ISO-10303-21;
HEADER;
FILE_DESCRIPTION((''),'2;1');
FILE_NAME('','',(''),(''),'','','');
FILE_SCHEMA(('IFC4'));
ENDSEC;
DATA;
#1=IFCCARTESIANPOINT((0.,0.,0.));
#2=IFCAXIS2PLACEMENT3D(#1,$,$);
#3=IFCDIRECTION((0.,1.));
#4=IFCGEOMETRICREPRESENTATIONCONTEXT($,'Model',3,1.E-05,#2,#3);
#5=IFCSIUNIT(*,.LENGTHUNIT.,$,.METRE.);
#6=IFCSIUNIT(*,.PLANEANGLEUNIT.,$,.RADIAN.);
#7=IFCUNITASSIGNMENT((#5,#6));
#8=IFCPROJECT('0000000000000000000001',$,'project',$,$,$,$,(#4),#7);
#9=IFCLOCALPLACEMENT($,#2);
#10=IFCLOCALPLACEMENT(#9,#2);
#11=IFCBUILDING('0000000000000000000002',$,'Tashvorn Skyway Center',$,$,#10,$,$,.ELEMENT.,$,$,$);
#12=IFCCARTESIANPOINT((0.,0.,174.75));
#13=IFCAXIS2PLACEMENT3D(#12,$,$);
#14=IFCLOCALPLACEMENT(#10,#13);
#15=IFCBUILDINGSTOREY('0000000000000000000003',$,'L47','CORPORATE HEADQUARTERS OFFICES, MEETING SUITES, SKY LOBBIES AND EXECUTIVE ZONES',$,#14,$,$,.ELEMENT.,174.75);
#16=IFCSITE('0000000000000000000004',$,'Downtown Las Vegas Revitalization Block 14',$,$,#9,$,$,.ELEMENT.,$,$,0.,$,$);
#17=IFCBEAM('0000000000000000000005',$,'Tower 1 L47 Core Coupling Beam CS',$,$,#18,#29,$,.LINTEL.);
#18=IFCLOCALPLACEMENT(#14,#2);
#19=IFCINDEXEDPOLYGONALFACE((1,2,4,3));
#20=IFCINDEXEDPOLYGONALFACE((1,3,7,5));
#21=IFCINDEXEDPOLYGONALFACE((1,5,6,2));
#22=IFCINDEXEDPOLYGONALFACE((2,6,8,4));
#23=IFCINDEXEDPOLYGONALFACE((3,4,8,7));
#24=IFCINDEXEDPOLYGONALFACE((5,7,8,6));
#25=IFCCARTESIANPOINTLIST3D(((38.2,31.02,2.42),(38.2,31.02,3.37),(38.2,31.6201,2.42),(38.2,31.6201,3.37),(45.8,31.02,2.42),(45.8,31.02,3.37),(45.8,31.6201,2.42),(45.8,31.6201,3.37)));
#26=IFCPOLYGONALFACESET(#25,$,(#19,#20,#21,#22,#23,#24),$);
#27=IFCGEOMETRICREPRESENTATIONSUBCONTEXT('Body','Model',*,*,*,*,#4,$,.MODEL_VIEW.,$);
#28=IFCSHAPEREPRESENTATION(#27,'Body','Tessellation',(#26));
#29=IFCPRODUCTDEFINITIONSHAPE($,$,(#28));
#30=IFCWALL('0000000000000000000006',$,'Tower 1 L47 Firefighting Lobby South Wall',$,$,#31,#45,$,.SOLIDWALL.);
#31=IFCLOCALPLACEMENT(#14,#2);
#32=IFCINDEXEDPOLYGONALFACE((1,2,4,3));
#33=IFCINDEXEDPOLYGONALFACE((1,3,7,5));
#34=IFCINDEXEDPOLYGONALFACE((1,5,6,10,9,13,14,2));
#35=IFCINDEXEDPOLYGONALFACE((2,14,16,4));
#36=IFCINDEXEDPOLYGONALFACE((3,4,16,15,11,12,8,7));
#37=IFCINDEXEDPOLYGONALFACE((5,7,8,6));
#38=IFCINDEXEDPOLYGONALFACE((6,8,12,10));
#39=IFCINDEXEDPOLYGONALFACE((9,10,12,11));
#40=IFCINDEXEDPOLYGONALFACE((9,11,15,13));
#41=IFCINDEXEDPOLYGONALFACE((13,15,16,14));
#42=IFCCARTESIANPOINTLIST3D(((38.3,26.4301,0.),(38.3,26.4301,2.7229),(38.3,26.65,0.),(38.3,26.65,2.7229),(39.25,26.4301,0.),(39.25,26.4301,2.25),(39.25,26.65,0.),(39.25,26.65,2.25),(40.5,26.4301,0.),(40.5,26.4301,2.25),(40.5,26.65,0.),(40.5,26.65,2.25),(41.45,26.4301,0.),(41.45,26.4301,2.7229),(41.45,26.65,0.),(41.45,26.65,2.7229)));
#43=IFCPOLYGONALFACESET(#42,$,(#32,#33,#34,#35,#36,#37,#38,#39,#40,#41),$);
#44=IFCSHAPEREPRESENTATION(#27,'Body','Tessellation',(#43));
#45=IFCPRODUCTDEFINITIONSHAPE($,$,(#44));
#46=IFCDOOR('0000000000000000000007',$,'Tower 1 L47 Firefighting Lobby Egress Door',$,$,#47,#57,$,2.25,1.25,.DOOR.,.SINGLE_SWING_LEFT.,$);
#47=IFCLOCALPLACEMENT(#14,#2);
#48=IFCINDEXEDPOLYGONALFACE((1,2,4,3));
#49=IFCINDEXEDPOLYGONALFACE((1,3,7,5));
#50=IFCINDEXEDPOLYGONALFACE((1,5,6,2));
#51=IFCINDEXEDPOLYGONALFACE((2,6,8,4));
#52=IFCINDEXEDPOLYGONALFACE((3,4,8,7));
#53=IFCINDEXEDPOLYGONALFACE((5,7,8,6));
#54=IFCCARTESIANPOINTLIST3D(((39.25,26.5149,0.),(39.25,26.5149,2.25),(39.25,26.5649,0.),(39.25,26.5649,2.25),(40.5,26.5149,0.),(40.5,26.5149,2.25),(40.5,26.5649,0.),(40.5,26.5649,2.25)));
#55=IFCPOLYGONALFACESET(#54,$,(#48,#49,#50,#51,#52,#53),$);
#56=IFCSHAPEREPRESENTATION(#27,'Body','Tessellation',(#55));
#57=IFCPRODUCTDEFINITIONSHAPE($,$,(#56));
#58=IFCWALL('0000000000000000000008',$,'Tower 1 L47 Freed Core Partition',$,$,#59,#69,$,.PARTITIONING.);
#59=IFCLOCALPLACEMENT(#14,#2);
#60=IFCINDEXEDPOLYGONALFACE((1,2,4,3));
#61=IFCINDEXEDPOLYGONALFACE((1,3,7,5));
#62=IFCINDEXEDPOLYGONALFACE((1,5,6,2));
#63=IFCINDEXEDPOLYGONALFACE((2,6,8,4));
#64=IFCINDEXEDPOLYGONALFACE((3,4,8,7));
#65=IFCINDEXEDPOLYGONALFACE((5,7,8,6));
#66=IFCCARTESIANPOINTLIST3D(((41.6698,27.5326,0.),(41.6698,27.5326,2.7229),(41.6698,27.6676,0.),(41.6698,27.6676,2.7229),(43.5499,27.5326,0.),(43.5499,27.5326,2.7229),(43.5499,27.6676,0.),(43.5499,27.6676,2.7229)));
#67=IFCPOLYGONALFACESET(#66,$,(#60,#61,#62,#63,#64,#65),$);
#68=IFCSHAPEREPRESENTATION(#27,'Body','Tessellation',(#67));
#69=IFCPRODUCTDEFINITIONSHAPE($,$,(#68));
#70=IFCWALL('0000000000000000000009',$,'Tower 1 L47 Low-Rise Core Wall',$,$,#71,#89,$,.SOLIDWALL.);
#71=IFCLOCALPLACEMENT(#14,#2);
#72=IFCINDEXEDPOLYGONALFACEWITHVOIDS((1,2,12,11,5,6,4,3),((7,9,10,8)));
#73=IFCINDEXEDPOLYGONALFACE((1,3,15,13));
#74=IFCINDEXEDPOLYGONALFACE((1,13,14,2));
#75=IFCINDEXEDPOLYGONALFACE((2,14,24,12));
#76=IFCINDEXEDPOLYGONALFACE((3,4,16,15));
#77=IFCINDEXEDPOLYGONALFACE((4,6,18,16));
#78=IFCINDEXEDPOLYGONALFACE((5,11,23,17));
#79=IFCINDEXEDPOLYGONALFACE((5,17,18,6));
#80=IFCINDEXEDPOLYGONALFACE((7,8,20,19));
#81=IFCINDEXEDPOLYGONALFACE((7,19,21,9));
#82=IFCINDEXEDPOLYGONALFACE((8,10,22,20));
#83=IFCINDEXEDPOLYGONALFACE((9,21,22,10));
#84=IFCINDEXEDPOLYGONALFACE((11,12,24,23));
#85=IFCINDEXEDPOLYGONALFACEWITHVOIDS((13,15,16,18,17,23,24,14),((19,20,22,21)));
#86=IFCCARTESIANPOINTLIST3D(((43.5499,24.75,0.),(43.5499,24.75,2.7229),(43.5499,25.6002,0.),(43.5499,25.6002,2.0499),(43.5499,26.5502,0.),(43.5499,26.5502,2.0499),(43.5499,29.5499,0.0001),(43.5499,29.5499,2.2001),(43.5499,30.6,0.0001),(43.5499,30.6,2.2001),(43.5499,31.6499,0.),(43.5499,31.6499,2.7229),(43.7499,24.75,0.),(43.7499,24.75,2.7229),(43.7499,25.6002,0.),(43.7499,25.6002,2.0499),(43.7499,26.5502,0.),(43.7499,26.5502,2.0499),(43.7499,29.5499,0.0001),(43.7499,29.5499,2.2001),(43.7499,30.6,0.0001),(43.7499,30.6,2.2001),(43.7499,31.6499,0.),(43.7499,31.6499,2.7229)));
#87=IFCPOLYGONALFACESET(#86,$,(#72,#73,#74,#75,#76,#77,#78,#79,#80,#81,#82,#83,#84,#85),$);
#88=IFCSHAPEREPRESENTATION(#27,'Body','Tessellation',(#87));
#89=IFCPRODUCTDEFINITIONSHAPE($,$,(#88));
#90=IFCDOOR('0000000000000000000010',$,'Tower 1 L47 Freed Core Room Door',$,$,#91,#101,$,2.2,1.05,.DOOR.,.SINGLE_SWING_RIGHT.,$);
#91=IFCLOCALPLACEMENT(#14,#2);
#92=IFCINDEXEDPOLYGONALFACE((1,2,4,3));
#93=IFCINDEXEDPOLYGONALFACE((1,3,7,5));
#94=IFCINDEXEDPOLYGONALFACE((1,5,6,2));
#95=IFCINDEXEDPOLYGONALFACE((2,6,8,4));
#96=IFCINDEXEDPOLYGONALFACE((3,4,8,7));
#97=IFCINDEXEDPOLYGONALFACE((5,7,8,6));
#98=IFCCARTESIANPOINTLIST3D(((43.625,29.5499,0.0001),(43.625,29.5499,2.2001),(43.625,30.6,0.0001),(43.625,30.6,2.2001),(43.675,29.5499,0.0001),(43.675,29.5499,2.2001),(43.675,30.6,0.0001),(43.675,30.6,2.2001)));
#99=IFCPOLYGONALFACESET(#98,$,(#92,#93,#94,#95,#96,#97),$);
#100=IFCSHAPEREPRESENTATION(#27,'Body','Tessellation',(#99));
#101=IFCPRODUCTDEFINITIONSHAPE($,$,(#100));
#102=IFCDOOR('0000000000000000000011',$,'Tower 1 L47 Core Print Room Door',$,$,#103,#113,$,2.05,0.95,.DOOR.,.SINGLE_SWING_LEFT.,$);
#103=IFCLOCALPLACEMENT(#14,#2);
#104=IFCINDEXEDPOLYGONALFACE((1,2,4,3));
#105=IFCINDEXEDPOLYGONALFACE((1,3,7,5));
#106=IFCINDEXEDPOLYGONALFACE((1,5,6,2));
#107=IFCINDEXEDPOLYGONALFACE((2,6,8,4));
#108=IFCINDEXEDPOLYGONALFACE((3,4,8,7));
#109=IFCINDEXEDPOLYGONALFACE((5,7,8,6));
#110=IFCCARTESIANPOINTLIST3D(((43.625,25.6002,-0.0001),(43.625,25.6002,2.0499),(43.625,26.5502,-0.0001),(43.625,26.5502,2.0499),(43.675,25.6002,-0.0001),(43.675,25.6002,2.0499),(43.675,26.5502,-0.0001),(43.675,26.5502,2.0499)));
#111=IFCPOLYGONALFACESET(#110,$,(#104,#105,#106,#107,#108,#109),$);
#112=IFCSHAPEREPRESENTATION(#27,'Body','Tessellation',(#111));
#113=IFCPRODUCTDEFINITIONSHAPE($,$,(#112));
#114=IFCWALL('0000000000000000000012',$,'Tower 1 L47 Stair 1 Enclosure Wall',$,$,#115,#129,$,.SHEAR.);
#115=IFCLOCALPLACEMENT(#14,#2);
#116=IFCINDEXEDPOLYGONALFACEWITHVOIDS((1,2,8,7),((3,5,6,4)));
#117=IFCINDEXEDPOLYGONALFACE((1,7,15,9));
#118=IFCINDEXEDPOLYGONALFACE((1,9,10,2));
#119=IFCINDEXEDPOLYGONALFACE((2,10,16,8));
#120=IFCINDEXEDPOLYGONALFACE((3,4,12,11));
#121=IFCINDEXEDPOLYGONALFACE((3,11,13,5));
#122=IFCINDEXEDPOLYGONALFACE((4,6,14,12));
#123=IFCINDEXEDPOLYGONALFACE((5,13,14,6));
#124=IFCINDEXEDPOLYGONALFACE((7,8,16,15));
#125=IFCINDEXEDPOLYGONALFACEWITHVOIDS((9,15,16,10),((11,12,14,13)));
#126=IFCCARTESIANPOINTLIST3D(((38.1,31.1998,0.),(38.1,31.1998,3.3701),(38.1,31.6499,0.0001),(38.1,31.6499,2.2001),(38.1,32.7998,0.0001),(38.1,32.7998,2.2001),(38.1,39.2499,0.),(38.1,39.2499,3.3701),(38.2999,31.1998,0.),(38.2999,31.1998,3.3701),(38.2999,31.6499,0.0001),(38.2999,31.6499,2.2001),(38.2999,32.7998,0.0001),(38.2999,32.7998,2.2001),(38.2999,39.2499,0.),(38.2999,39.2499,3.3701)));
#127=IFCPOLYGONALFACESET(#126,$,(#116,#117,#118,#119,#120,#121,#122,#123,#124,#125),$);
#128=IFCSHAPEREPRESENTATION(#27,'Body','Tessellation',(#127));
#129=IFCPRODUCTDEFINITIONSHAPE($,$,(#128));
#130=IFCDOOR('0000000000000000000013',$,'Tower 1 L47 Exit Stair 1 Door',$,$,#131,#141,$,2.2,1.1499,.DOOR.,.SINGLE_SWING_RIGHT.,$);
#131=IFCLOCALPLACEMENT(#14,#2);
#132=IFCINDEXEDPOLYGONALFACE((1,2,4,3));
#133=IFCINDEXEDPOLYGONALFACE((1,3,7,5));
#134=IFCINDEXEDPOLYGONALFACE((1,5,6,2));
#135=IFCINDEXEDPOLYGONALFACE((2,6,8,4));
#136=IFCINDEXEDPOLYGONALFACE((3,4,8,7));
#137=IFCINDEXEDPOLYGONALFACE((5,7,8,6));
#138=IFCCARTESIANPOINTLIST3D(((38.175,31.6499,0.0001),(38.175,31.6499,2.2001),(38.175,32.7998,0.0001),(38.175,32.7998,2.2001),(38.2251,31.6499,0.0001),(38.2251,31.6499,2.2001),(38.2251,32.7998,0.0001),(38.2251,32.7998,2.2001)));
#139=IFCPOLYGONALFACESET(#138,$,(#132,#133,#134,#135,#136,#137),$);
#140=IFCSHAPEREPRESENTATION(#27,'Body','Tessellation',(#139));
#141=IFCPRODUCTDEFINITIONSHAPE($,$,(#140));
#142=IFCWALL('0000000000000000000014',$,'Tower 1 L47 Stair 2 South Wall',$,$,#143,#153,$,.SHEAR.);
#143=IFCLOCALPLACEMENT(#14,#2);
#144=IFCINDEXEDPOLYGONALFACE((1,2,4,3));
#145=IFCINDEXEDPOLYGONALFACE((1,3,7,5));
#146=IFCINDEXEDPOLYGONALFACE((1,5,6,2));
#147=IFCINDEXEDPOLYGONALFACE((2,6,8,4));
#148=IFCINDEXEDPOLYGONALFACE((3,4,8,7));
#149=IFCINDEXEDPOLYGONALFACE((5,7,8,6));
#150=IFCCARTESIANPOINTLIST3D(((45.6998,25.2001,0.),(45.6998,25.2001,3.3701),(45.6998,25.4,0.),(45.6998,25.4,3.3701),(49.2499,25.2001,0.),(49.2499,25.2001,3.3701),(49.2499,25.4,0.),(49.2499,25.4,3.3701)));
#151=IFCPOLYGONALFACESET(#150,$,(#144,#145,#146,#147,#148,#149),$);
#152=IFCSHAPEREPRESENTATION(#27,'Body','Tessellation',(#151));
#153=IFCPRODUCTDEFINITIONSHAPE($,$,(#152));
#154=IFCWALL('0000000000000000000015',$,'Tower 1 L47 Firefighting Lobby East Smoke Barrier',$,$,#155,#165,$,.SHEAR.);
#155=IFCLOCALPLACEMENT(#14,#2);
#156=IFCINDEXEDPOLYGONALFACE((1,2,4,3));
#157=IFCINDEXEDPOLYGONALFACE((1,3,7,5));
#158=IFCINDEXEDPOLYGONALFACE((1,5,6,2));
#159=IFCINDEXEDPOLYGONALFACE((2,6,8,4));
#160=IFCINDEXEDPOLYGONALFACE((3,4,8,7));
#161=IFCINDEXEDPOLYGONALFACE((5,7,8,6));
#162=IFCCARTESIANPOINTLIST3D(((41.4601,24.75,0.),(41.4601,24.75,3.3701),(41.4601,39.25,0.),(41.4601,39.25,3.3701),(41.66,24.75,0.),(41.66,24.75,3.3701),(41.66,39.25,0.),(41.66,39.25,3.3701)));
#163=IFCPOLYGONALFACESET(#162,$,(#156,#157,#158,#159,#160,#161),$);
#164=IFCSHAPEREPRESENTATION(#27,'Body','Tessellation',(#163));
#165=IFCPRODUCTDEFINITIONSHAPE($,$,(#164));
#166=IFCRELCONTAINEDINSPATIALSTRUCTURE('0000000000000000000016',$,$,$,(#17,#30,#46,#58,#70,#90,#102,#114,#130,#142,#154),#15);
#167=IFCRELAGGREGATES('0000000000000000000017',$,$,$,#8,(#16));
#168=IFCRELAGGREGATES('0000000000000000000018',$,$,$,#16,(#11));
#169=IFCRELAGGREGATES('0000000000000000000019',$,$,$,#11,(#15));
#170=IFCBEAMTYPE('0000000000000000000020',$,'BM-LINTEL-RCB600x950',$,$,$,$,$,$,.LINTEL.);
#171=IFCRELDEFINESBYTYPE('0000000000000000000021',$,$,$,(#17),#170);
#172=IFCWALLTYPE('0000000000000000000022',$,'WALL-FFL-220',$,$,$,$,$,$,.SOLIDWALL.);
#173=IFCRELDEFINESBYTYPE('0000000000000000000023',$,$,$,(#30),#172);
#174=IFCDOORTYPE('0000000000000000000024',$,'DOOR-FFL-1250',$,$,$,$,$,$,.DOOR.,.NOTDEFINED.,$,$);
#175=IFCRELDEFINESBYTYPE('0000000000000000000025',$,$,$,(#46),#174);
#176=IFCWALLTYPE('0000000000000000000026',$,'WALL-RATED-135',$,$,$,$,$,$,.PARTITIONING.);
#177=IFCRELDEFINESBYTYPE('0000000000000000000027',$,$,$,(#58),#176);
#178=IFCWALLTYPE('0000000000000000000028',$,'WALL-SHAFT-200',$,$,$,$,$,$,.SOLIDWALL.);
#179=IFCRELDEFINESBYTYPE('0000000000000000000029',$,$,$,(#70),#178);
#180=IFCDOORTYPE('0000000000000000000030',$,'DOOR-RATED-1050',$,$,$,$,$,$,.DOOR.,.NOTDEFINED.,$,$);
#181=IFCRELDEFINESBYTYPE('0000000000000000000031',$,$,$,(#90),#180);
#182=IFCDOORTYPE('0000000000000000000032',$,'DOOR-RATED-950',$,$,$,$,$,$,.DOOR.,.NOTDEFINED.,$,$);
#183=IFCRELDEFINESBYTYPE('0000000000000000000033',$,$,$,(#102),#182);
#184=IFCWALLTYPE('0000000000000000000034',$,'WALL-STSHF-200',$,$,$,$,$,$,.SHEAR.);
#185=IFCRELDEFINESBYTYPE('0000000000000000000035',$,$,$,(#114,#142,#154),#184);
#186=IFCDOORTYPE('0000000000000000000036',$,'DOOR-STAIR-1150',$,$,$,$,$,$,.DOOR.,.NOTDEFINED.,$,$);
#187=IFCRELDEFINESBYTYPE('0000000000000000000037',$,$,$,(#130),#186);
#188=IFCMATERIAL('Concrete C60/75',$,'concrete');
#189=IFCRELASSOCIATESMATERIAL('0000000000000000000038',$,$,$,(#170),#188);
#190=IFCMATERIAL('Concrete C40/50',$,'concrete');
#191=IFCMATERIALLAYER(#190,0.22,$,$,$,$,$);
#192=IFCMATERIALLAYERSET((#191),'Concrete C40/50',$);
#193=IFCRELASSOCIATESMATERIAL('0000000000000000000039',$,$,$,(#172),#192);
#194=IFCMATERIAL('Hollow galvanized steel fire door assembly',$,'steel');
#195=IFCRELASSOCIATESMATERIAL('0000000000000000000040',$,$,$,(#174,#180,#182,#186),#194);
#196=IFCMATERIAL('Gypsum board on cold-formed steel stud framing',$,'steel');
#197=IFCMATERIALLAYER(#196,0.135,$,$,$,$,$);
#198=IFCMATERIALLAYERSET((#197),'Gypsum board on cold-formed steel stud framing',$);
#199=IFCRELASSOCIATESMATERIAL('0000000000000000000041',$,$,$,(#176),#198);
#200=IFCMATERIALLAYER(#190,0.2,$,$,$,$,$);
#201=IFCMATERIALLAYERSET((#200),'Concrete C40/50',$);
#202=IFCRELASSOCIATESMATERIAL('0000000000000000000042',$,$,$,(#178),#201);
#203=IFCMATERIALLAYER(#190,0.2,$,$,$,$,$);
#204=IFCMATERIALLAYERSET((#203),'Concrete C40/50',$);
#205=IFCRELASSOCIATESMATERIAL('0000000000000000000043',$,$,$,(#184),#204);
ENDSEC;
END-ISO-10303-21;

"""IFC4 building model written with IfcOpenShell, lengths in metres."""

from ifc_helpers import new_model, si_unit, direction, frame, frame_2d, origin, origin_2d, place, context, subcontext, project, spatial, rectangle, extrude, material, layer, layer_set, material_profile, profile_set, type_object, element, fill, save


model = new_model("IFC4")

# Units and contexts
model_context = context("Model", 3, precision=1e-05, world=origin(), true_north=direction((0.0, 1.0)))
body_context = subcontext(model_context, "Body", "Model", "MODEL_VIEW")
ifc_project = project(units=[si_unit("LENGTHUNIT", "METRE"), si_unit("PLANEANGLEUNIT", "RADIAN")], contexts=[model_context])

# Site, building, storey
site_placement = place(None, origin())
site = spatial("IfcSite", under=ifc_project, at=site_placement, Name="Downtown Las Vegas Revitalization Block 14", CompositionType="ELEMENT", RefElevation=0.0)
building_placement = place(site_placement, origin())
building = spatial("IfcBuilding", under=site, at=building_placement, Name="Tashvorn Skyway Center", CompositionType="ELEMENT")
storey_placement = place(building_placement, frame((0.0, 0.0, 174.75)))
storey = spatial("IfcBuildingStorey", under=building, at=storey_placement, Name="L47", Description="CORPORATE HEADQUARTERS OFFICES, MEETING SUITES, SKY LOBBIES AND EXECUTIVE ZONES", CompositionType="ELEMENT", Elevation=174.75)

# Beam
ifc_material_1 = material(Name="Concrete C60/75", Category="concrete")
ifc_material_profile = material_profile(ifc_material_1, rectangle(XDim=0.6001, YDim=0.95, at=origin_2d()), Name="RCB600x950")
ifc_profile_set = profile_set([ifc_material_profile], Name="Concrete C60/75")
beam_type = type_object("IfcBeamType", Name="BM-LINTEL-RCB600x950", PredefinedType="LINTEL", material=ifc_profile_set)
beam_placement = place(storey_placement, frame((38.2, 31.3201, 2.895), z_axis=(1.0, 0.0, 0.0), x_axis=(0.0, 1.0, 0.0)))
element("IfcBeam", 1, at=beam_placement, inside=storey, type_object=beam_type, Name="Tower 1 L47 Core Coupling Beam CS", PredefinedType="LINTEL", context=body_context, shape_type="SweptSolid", body=[
    extrude(rectangle(XDim=0.6001, YDim=0.95, at=origin_2d()), origin(), (0.0, 0.0, 1.0), 7.6001),
])

# Wall, opening, door
ifc_material_2 = material(Name="Concrete C40/50", Category="concrete")
ifc_layer_1 = layer(ifc_material_2, 0.22)
ifc_layer_set_1 = layer_set([ifc_layer_1], Name="Concrete C40/50")
wall_type_1 = type_object("IfcWallType", Name="WALL-FFL-220", PredefinedType="SOLIDWALL", material=ifc_layer_set_1)
wall_1_placement = place(storey_placement, frame((38.3, 26.54, 0.0), z_axis=(0.0, 0.0, 1.0), x_axis=(1.0, 0.0, 0.0)))
wall_1 = element("IfcWall", 2, at=wall_1_placement, inside=storey, type_object=wall_type_1, Name="Tower 1 L47 Firefighting Lobby South Wall", PredefinedType="SOLIDWALL", context=body_context, shape_type="SweptSolid", body=[
    extrude(rectangle(XDim=3.1499, YDim=0.22, at=frame_2d((1.575, 0.0))), origin(), (0.0, 0.0, 1.0), 2.7229),
])
opening_1_placement = place(wall_1_placement, frame((0.95, 0.0, 0.0)))
opening_1 = element("IfcOpeningElement", 3, at=opening_1_placement, cuts=wall_1, PredefinedType="OPENING", context=body_context, shape_type="SweptSolid", body=[
    extrude(rectangle(XDim=1.25, YDim=2.25, at=frame_2d((0.625, 1.125))), frame((0.0, 0.1199, 0.0), z_axis=(0.0, -1.0, 0.0), x_axis=(1.0, 0.0, 0.0)), (0.0, 0.0, 1.0), 0.24),
])
ifc_material_3 = material(Name="Hollow galvanized steel fire door assembly", Category="steel")
door_type_1 = type_object("IfcDoorType", Name="DOOR-FFL-1250", OperationType="NOTDEFINED", PredefinedType="DOOR", material=ifc_material_3)
door_1_placement = place(opening_1_placement, origin())
door_1 = element("IfcDoor", 4, at=door_1_placement, inside=storey, type_object=door_type_1, Name="Tower 1 L47 Firefighting Lobby Egress Door", OperationType="SINGLE_SWING_LEFT", OverallHeight=2.25, OverallWidth=1.25, PredefinedType="DOOR", context=body_context, shape_type="SweptSolid", body=[
    extrude(rectangle(XDim=1.25, YDim=2.25, at=frame_2d((0.625, 1.125))), frame((0.0, 0.0249, 0.0), z_axis=(0.0, -1.0, 0.0), x_axis=(1.0, 0.0, 0.0)), (0.0, 0.0, 1.0), 0.05),
])
fill(opening_1, door_1)

# Wall
ifc_material_4 = material(Name="Gypsum board on cold-formed steel stud framing", Category="steel")
ifc_layer_2 = layer(ifc_material_4, 0.135)
ifc_layer_set_2 = layer_set([ifc_layer_2], Name="Gypsum board on cold-formed steel stud framing")
wall_type_2 = type_object("IfcWallType", Name="WALL-RATED-135", PredefinedType="PARTITIONING", material=ifc_layer_set_2)
wall_2_placement = place(storey_placement, frame((41.6699, 27.6001, 0.0), z_axis=(0.0, 0.0, 1.0), x_axis=(1.0, 0.0, 0.0)))
element("IfcWall", 5, at=wall_2_placement, inside=storey, type_object=wall_type_2, Name="Tower 1 L47 Freed Core Partition", PredefinedType="PARTITIONING", context=body_context, shape_type="SweptSolid", body=[
    extrude(rectangle(XDim=1.8801, YDim=0.135, at=frame_2d((0.9399, 0.0))), origin(), (0.0, 0.0, 1.0), 2.7229),
])

# Wall, openings, doors
ifc_layer_3 = layer(ifc_material_2, 0.2)
ifc_layer_set_3 = layer_set([ifc_layer_3], Name="Concrete C40/50")
wall_type_3 = type_object("IfcWallType", Name="WALL-SHAFT-200", PredefinedType="SOLIDWALL", material=ifc_layer_set_3)
wall_3_placement = place(storey_placement, frame((43.6499, 24.75, 0.0), z_axis=(0.0, 0.0, 1.0), x_axis=(0.0, 1.0, 0.0)))
wall_3 = element("IfcWall", 6, at=wall_3_placement, inside=storey, type_object=wall_type_3, Name="Tower 1 L47 Low-Rise Core Wall", PredefinedType="SOLIDWALL", context=body_context, shape_type="SweptSolid", body=[
    extrude(rectangle(XDim=6.8999, YDim=0.2, at=frame_2d((3.45, 0.0))), origin(), (0.0, 0.0, 1.0), 2.7229),
])
opening_2_placement = place(wall_3_placement, frame((0.8501, 0.0, 0.0)))
opening_2 = element("IfcOpeningElement", 7, at=opening_2_placement, cuts=wall_3, PredefinedType="OPENING", context=body_context, shape_type="SweptSolid", body=[
    extrude(rectangle(XDim=0.95, YDim=2.05, at=frame_2d((0.4751, 1.0249))), frame((0.0, 0.1099, 0.0), z_axis=(0.0, -1.0, 0.0), x_axis=(1.0, 0.0, 0.0)), (0.0, 0.0, 1.0), 0.22),
])
opening_3_placement = place(wall_3_placement, frame((4.8, 0.0, 0.0)))
opening_3 = element("IfcOpeningElement", 8, at=opening_3_placement, cuts=wall_3, PredefinedType="OPENING", context=body_context, shape_type="SweptSolid", body=[
    extrude(rectangle(XDim=1.05, YDim=2.2, at=frame_2d((0.5249, 1.1001))), frame((0.0, 0.1099, 0.0), z_axis=(0.0, -1.0, 0.0), x_axis=(1.0, 0.0, 0.0)), (0.0, 0.0, 1.0), 0.22),
])
door_type_2 = type_object("IfcDoorType", Name="DOOR-RATED-1050", OperationType="NOTDEFINED", PredefinedType="DOOR", material=ifc_material_3)
door_2_placement = place(opening_3_placement, origin())
door_2 = element("IfcDoor", 9, at=door_2_placement, inside=storey, type_object=door_type_2, Name="Tower 1 L47 Freed Core Room Door", OperationType="SINGLE_SWING_RIGHT", OverallHeight=2.2, OverallWidth=1.05, PredefinedType="DOOR", context=body_context, shape_type="SweptSolid", body=[
    extrude(rectangle(XDim=1.05, YDim=2.2, at=frame_2d((0.5249, 1.1001))), frame((0.0, 0.0249, 0.0), z_axis=(0.0, -1.0, 0.0), x_axis=(1.0, 0.0, 0.0)), (0.0, 0.0, 1.0), 0.05),
])
fill(opening_3, door_2)
door_type_3 = type_object("IfcDoorType", Name="DOOR-RATED-950", OperationType="NOTDEFINED", PredefinedType="DOOR", material=ifc_material_3)
door_3_placement = place(opening_2_placement, origin())
door_3 = element("IfcDoor", 10, at=door_3_placement, inside=storey, type_object=door_type_3, Name="Tower 1 L47 Core Print Room Door", OperationType="SINGLE_SWING_LEFT", OverallHeight=2.05, OverallWidth=0.95, PredefinedType="DOOR", context=body_context, shape_type="SweptSolid", body=[
    extrude(rectangle(XDim=0.95, YDim=2.05, at=frame_2d((0.4751, 1.0249))), frame((0.0, 0.0249, 0.0), z_axis=(0.0, -1.0, 0.0), x_axis=(1.0, 0.0, 0.0)), (0.0, 0.0, 1.0), 0.05),
])
fill(opening_2, door_3)

# Wall, opening, door
ifc_layer_4 = layer(ifc_material_2, 0.2)
ifc_layer_set_4 = layer_set([ifc_layer_4], Name="Concrete C40/50")
wall_type_4 = type_object("IfcWallType", Name="WALL-STSHF-200", PredefinedType="SHEAR", material=ifc_layer_set_4)
wall_4_placement = place(storey_placement, frame((38.2, 31.2, 0.0), z_axis=(0.0, 0.0, 1.0), x_axis=(0.0, 1.0, 0.0)))
wall_4 = element("IfcWall", 11, at=wall_4_placement, inside=storey, type_object=wall_type_4, Name="Tower 1 L47 Stair 1 Enclosure Wall", PredefinedType="SHEAR", context=body_context, shape_type="SweptSolid", body=[
    extrude(rectangle(XDim=8.05, YDim=0.2, at=frame_2d((4.0249, 0.0))), origin(), (0.0, 0.0, 1.0), 3.3701),
])
opening_4_placement = place(wall_4_placement, frame((0.45, 0.0, 0.0)))
opening_4 = element("IfcOpeningElement", 12, at=opening_4_placement, cuts=wall_4, PredefinedType="OPENING", context=body_context, shape_type="SweptSolid", body=[
    extrude(rectangle(XDim=1.1499, YDim=2.2, at=frame_2d((0.575, 1.1001))), frame((0.0, 0.1099, 0.0), z_axis=(0.0, -1.0, 0.0), x_axis=(1.0, 0.0, 0.0)), (0.0, 0.0, 1.0), 0.22),
])
door_type_4 = type_object("IfcDoorType", Name="DOOR-STAIR-1150", OperationType="NOTDEFINED", PredefinedType="DOOR", material=ifc_material_3)
door_4_placement = place(opening_4_placement, origin())
door_4 = element("IfcDoor", 13, at=door_4_placement, inside=storey, type_object=door_type_4, Name="Tower 1 L47 Exit Stair 1 Door", OperationType="SINGLE_SWING_RIGHT", OverallHeight=2.2, OverallWidth=1.1499, PredefinedType="DOOR", context=body_context, shape_type="SweptSolid", body=[
    extrude(rectangle(XDim=1.1499, YDim=2.2, at=frame_2d((0.575, 1.1001))), frame((0.0, 0.0249, 0.0), z_axis=(0.0, -1.0, 0.0), x_axis=(1.0, 0.0, 0.0)), (0.0, 0.0, 1.0), 0.05),
])
fill(opening_4, door_4)

# Walls
wall_5_placement = place(storey_placement, frame((45.7, 25.3, 0.0), z_axis=(0.0, 0.0, 1.0), x_axis=(1.0, 0.0, 0.0)))
element("IfcWall", 14, at=wall_5_placement, inside=storey, type_object=wall_type_4, Name="Tower 1 L47 Stair 2 South Wall", PredefinedType="SHEAR", context=body_context, shape_type="SweptSolid", body=[
    extrude(rectangle(XDim=3.55, YDim=0.2, at=frame_2d((1.7749, 0.0))), origin(), (0.0, 0.0, 1.0), 3.3701),
])
wall_6_placement = place(storey_placement, frame((41.5601, 24.75, 0.0), z_axis=(0.0, 0.0, 1.0), x_axis=(0.0, 1.0, 0.0)))
element("IfcWall", 15, at=wall_6_placement, inside=storey, type_object=wall_type_4, Name="Tower 1 L47 Firefighting Lobby East Smoke Barrier", PredefinedType="SHEAR", context=body_context, shape_type="SweptSolid", body=[
    extrude(rectangle(XDim=14.5, YDim=0.2, at=frame_2d((7.25, 0.0))), origin(), (0.0, 0.0, 1.0), 3.3701),
])

save(model, "model.ifc")
